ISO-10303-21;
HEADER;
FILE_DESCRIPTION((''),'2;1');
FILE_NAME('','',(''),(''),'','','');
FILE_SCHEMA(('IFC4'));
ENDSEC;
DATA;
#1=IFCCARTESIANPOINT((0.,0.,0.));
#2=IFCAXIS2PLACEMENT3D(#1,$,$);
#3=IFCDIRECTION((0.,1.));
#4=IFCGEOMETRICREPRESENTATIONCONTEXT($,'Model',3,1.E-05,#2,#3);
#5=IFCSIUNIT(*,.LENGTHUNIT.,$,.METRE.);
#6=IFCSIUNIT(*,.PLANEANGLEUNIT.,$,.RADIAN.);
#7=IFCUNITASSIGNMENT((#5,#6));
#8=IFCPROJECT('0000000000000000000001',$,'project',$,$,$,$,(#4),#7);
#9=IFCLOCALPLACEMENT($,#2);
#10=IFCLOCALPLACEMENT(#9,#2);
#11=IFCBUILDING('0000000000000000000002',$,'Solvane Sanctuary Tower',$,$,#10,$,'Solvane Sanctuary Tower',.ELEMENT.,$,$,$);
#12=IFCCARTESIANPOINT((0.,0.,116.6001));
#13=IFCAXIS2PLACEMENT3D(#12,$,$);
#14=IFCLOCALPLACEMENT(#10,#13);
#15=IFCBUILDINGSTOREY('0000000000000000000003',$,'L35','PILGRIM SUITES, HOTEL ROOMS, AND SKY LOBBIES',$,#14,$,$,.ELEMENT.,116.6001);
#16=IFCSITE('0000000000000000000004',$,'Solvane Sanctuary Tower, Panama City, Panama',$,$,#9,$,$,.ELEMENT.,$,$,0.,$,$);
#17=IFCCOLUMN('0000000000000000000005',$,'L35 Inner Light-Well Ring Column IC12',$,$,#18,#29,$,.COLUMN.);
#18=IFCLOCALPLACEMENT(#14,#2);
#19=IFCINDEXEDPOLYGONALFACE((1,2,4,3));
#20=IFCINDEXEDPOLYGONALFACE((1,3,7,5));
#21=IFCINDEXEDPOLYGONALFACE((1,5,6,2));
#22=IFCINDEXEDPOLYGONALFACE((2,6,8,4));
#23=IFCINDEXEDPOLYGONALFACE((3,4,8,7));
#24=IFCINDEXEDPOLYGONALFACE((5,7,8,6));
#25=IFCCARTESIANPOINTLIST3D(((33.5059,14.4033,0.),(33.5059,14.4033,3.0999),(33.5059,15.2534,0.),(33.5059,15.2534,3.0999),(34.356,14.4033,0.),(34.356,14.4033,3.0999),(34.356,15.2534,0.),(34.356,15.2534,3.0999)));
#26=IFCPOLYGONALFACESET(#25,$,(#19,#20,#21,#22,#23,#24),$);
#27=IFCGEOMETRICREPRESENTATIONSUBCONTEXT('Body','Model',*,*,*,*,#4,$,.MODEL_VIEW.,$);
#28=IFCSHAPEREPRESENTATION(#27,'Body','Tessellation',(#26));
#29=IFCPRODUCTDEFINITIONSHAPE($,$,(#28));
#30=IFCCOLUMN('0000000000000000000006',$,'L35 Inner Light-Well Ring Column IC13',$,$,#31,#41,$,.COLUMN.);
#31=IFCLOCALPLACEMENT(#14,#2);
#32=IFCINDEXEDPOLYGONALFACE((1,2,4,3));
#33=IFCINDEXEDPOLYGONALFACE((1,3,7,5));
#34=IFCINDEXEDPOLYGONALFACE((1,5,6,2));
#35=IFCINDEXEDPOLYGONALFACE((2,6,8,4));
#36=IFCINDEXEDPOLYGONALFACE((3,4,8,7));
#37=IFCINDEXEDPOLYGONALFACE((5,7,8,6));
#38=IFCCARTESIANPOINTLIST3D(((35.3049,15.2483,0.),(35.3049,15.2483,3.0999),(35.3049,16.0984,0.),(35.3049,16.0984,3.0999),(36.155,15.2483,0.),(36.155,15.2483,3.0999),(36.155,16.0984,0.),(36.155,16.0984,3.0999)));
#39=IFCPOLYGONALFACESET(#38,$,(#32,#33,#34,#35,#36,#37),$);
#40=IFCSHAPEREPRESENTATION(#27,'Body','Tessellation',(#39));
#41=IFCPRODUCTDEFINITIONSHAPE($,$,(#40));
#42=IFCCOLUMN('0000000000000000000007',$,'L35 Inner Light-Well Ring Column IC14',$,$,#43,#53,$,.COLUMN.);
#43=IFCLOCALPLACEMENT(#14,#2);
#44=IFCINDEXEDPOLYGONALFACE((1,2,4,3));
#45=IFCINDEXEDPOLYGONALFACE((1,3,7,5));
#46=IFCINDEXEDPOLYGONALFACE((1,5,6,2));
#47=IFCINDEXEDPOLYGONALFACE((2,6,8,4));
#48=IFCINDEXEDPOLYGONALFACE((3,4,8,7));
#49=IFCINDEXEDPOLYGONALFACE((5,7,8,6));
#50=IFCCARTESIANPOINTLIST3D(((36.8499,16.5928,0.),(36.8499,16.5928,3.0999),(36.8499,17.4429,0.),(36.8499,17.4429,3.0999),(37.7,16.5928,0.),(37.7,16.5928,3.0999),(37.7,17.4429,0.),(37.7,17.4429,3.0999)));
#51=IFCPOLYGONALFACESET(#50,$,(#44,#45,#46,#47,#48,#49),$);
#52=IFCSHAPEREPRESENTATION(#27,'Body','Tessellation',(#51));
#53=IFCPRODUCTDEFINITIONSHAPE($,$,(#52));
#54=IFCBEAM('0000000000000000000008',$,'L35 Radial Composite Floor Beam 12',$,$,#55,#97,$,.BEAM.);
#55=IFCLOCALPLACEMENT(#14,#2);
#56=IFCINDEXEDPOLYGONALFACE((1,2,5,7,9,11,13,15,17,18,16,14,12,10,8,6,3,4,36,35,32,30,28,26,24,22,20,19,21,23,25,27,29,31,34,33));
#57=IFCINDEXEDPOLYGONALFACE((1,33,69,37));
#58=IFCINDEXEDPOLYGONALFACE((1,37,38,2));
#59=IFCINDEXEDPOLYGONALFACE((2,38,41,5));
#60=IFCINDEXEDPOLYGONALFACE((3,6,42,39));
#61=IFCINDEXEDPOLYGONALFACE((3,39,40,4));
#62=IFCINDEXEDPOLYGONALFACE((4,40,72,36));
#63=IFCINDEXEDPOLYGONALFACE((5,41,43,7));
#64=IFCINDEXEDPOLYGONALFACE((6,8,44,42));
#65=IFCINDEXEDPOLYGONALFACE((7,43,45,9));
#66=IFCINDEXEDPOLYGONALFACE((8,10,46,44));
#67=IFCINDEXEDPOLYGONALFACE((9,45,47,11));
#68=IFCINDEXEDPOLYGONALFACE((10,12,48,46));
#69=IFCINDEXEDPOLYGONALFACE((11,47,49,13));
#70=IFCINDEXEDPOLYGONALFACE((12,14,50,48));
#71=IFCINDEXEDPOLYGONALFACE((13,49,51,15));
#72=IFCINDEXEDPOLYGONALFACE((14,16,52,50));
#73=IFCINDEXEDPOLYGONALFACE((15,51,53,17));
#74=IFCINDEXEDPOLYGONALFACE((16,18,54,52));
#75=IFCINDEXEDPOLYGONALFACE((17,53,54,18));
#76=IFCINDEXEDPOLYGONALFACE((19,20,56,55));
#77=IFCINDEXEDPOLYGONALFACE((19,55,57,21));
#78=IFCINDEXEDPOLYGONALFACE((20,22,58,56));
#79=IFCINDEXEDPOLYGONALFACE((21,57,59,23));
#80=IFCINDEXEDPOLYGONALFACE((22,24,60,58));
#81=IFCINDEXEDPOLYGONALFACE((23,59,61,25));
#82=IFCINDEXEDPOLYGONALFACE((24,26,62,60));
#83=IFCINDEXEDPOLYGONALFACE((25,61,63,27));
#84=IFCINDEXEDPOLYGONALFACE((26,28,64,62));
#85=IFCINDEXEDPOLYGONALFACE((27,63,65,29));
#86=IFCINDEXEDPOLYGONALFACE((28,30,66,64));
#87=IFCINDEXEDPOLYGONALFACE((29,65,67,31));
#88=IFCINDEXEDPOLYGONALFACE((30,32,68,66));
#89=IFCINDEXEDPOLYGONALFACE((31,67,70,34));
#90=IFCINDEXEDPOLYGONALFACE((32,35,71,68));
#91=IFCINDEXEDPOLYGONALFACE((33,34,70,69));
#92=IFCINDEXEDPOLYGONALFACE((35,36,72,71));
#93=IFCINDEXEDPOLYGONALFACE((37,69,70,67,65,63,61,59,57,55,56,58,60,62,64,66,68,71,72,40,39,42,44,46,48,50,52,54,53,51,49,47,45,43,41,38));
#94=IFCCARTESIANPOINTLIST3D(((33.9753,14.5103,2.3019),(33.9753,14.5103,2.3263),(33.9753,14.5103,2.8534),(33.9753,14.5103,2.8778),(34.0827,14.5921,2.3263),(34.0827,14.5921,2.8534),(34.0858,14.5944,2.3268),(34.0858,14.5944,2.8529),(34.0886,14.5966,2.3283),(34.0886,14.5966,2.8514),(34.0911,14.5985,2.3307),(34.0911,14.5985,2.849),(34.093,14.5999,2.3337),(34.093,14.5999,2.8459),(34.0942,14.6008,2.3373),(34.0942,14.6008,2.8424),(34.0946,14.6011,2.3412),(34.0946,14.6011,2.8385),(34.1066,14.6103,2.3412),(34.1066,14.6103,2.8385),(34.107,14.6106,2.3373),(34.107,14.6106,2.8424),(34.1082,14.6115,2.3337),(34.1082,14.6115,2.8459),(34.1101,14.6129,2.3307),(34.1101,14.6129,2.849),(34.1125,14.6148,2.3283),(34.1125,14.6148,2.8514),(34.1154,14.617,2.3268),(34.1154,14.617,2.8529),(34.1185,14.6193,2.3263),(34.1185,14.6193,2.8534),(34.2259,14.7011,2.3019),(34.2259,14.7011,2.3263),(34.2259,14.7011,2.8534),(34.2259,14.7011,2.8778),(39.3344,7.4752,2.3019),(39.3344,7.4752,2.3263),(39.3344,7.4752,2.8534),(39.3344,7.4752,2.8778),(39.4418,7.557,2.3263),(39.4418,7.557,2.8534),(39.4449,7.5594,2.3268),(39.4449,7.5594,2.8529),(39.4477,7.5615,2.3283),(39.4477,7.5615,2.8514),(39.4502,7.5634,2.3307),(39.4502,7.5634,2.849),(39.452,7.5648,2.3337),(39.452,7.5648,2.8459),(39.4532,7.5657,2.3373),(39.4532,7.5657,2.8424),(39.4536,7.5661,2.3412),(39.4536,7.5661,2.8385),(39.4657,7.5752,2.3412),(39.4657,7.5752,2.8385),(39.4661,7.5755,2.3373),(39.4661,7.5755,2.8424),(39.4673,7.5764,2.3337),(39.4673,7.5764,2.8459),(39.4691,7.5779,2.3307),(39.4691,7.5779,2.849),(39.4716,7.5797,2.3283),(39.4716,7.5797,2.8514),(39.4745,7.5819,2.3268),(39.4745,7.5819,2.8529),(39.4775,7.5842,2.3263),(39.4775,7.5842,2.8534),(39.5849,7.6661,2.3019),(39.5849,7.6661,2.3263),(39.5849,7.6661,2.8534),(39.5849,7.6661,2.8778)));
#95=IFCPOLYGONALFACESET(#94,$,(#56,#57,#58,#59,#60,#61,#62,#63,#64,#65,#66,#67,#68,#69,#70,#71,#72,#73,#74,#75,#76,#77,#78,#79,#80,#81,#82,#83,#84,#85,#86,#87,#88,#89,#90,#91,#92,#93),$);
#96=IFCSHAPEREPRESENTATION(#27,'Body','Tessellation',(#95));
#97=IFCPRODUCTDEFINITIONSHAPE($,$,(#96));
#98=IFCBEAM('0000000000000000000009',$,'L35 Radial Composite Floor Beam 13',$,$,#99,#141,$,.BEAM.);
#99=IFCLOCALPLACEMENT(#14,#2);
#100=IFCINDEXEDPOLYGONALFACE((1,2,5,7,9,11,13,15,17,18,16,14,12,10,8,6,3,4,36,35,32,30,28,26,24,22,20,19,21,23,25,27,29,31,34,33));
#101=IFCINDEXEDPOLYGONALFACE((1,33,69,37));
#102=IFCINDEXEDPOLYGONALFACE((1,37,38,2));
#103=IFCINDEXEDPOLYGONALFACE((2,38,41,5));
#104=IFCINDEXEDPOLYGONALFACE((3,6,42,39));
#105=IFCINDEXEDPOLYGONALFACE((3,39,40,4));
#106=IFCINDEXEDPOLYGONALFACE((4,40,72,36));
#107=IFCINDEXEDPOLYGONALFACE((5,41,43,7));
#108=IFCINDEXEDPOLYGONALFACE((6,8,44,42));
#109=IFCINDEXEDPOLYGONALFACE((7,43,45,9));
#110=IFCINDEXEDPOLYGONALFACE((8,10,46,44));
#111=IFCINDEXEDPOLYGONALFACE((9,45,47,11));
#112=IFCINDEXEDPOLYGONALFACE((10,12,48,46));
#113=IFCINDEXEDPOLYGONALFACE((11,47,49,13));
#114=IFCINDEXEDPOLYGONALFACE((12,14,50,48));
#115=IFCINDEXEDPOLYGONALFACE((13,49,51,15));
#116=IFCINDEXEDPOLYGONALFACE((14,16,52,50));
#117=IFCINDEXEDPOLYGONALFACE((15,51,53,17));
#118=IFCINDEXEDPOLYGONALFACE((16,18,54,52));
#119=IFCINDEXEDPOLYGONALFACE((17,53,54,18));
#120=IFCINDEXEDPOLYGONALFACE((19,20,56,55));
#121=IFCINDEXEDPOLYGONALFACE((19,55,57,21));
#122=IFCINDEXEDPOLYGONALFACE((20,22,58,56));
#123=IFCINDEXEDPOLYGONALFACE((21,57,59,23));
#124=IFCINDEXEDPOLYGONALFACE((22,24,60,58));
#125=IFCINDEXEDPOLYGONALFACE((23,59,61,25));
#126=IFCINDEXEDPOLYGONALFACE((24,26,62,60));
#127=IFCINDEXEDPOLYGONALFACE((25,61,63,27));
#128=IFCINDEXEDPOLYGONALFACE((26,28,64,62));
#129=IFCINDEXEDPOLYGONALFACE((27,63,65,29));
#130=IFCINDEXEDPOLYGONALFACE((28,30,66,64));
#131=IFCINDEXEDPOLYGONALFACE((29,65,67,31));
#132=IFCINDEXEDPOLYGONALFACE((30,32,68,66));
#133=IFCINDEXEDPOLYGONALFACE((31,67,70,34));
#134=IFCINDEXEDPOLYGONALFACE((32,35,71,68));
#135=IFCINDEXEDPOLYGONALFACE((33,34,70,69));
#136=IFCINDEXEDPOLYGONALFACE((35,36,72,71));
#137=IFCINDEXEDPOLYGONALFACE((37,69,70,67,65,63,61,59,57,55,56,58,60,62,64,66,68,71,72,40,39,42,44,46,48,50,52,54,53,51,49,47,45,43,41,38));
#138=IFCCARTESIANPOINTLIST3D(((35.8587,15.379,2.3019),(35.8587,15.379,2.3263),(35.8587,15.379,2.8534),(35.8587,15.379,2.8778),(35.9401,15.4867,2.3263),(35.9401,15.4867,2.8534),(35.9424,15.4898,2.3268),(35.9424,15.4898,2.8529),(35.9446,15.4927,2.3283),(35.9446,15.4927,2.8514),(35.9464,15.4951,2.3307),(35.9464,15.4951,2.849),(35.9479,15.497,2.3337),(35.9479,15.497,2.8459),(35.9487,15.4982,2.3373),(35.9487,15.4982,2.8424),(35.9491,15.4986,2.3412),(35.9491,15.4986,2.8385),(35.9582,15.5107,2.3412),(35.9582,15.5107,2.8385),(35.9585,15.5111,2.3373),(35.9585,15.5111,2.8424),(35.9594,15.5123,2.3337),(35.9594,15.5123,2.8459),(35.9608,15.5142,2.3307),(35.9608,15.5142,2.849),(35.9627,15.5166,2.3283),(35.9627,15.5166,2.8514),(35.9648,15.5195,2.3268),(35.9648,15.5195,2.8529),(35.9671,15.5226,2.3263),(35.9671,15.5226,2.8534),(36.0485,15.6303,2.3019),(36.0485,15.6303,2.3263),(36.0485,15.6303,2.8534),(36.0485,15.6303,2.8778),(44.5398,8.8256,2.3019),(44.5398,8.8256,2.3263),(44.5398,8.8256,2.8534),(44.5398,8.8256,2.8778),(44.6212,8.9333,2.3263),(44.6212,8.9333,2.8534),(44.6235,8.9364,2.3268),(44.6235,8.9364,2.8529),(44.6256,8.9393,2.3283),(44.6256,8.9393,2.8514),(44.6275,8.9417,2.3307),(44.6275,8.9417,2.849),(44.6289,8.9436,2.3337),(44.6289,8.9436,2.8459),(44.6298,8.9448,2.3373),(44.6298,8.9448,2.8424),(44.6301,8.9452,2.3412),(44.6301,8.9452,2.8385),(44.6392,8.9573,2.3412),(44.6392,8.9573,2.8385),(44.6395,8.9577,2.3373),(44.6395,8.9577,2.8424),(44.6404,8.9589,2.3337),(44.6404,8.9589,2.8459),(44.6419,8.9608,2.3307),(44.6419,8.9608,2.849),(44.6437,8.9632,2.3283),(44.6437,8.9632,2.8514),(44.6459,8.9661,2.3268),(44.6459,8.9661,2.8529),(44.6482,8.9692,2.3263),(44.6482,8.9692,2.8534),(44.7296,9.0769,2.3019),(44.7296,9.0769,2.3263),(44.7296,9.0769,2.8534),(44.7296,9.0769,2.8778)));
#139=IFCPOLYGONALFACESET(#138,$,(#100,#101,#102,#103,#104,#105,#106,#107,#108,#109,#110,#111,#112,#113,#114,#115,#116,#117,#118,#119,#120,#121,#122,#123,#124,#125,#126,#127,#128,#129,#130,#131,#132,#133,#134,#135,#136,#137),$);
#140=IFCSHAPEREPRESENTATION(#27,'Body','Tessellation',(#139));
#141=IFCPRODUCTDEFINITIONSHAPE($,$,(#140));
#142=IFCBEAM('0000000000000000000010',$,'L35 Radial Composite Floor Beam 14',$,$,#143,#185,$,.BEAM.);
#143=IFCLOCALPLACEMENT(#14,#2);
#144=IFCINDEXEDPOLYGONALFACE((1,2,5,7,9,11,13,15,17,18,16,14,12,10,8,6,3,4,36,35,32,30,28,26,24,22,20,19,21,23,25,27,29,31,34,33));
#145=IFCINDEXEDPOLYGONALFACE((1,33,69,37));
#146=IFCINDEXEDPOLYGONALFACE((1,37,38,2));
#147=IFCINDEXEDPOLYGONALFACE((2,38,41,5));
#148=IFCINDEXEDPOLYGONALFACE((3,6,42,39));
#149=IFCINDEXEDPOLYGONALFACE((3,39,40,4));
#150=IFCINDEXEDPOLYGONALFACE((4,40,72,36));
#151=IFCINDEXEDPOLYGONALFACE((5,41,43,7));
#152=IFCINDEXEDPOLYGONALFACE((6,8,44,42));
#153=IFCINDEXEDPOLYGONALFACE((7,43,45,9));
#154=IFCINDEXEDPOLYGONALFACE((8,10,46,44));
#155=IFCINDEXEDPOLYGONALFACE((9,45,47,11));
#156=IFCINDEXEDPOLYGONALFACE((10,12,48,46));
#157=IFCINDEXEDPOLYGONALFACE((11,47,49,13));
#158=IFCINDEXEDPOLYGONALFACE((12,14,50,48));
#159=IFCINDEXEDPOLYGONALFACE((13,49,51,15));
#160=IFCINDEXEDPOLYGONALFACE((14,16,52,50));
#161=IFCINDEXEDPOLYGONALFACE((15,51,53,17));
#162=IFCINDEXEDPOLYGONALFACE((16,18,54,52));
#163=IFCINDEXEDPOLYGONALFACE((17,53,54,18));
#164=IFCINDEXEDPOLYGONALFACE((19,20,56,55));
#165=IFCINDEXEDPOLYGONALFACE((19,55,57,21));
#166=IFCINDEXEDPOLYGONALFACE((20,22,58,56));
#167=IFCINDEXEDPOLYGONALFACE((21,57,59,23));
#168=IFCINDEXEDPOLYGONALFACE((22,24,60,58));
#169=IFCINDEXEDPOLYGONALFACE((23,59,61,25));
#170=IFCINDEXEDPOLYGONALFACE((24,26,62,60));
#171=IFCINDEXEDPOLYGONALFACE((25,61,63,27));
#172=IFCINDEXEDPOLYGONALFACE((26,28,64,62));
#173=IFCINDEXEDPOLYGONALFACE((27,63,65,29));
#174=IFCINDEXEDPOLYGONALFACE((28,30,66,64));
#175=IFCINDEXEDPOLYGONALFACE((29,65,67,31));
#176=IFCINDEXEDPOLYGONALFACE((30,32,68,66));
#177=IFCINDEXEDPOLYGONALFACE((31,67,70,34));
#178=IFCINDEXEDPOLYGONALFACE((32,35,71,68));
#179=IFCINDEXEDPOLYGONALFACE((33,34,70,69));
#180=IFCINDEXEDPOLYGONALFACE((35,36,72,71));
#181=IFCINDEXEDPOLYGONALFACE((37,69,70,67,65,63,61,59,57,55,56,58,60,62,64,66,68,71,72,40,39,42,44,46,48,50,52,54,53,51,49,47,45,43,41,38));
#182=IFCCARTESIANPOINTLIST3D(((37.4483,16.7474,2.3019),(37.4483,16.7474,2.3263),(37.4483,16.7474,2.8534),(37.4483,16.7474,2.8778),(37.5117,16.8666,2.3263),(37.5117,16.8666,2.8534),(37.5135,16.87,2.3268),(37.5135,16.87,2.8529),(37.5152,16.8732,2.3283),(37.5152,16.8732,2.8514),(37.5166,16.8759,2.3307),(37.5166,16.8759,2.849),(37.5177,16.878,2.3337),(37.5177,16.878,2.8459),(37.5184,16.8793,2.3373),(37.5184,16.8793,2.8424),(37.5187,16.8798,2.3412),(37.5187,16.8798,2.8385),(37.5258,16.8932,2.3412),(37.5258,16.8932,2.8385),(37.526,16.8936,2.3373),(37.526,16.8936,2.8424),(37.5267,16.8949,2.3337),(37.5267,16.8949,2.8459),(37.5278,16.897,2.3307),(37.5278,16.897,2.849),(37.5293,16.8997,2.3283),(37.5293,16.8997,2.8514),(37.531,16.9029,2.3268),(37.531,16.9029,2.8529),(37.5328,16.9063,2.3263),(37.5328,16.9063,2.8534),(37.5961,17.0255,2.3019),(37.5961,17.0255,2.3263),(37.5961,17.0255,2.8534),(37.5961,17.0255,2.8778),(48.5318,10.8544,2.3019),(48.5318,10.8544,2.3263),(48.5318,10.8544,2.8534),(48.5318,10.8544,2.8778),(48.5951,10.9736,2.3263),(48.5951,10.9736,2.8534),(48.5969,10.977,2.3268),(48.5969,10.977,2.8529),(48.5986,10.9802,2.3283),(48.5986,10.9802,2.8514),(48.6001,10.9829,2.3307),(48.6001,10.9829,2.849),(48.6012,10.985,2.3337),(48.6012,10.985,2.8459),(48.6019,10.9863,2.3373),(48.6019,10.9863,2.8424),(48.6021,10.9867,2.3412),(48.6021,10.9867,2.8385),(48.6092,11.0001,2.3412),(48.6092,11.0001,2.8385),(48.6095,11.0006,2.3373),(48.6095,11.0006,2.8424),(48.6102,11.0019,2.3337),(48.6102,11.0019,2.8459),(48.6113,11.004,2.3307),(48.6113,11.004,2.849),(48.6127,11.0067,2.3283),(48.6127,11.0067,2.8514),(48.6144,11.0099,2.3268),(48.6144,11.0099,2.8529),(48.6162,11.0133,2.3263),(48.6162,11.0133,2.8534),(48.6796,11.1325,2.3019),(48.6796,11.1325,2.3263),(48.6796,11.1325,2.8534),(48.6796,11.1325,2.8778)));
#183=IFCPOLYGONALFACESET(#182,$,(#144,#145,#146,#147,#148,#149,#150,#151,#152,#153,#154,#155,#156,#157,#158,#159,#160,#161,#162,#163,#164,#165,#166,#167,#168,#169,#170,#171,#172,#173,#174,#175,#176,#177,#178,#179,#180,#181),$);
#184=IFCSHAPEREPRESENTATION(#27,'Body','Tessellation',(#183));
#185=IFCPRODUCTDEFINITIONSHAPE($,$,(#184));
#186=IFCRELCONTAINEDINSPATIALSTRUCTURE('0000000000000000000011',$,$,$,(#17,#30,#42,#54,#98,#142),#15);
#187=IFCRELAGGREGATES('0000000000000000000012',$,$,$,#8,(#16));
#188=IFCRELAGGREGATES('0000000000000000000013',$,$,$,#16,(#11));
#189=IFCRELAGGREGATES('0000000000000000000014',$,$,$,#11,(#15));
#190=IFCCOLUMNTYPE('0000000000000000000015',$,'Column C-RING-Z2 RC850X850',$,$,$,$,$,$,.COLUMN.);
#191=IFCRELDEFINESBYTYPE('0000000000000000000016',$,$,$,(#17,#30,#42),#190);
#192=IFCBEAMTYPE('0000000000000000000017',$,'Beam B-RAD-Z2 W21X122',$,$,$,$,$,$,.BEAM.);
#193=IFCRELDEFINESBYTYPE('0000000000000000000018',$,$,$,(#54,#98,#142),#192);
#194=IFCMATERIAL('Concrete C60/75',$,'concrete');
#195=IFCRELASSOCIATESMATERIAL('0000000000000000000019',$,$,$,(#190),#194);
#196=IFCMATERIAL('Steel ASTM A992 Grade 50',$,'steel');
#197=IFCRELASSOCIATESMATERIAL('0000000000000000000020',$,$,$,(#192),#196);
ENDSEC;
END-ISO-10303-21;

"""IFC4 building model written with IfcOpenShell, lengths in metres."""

from ifc_helpers import new_model, si_unit, direction, frame, origin, origin_2d, place, context, subcontext, project, spatial, rectangle, i_section, extrude, material, material_profile, profile_set, type_object, element, save


model = new_model("IFC4")

# Units and contexts
model_context = context("Model", 3, precision=1e-05, world=origin(), true_north=direction((0.0, 1.0)))
body_context = subcontext(model_context, "Body", "Model", "MODEL_VIEW")
ifc_project = project(units=[si_unit("LENGTHUNIT", "METRE"), si_unit("PLANEANGLEUNIT", "RADIAN")], contexts=[model_context])

# Site, building, storey
site_placement = place(None, origin())
site = spatial("IfcSite", under=ifc_project, at=site_placement, Name="Solvane Sanctuary Tower, Panama City, Panama", CompositionType="ELEMENT", RefElevation=0.0)
building_placement = place(site_placement, origin())
building = spatial("IfcBuilding", under=site, at=building_placement, Name="Solvane Sanctuary Tower", LongName="Solvane Sanctuary Tower", CompositionType="ELEMENT")
storey_placement = place(building_placement, frame((0.0, 0.0, 116.6001)))
storey = spatial("IfcBuildingStorey", under=building, at=storey_placement, Name="L35", Description="PILGRIM SUITES, HOTEL ROOMS, AND SKY LOBBIES", CompositionType="ELEMENT", Elevation=116.6001)

# Columns
ifc_material_1 = material(Name="Concrete C60/75", Category="concrete")
ifc_material_profile_1 = material_profile(ifc_material_1, rectangle(XDim=0.8501, YDim=0.8501, at=origin_2d()), Name="RC850X850")
ifc_profile_set_1 = profile_set([ifc_material_profile_1], Name="Concrete C60/75")
column_type = type_object("IfcColumnType", Name="Column C-RING-Z2 RC850X850", PredefinedType="COLUMN", material=ifc_profile_set_1)
for number, where, z_axis, x_axis, name in (
    (1, (33.9309, 14.8284, 0.0), (0.0, 0.0, 1.0), (1.0, 0.0, 0.0), "L35 Inner Light-Well Ring Column IC12"),
    (2, (35.73, 15.6733, 0.0), (0.0, 0.0, 1.0), (1.0, 0.0, 0.0), "L35 Inner Light-Well Ring Column IC13"),
    (3, (37.2749, 17.0178, 0.0), (0.0, 0.0, 1.0), (1.0, 0.0, 0.0), "L35 Inner Light-Well Ring Column IC14"),
):
    element("IfcColumn", number, at=place(storey_placement, frame(where, z_axis=z_axis, x_axis=x_axis)), inside=storey, type_object=column_type, Name=name, PredefinedType="COLUMN", context=body_context, shape_type="SweptSolid", body=[
        extrude(rectangle(XDim=0.8501, YDim=0.8501, at=origin_2d()), origin(), (0.0, 0.0, 1.0), 3.0999),
    ])

# Beams
ifc_material_2 = material(Name="Steel ASTM A992 Grade 50", Category="steel")
ifc_material_profile_2 = material_profile(ifc_material_2, i_section(OverallWidth=0.3149, OverallDepth=0.5759, WebThickness=0.0151, FlangeThickness=0.0244, FilletRadius=0.0149, at=origin_2d()), Name="W21X122")
ifc_profile_set_2 = profile_set([ifc_material_profile_2], Name="Steel ASTM A992 Grade 50")
beam_type_1 = type_object("IfcBeamType", Name="Beam B-RAD-Z2 W21X122", PredefinedType="BEAM", material=ifc_profile_set_2)
beam_1_placement = place(storey_placement, frame((34.1006, 14.6057, 2.5898), z_axis=(0.605973, -0.795486, 0.0), x_axis=(0.795486, 0.605973, 0.0)))
element("IfcBeam", 4, at=beam_1_placement, inside=storey, type_object=beam_type_1, Name="L35 Radial Composite Floor Beam 12", PredefinedType="BEAM", context=body_context, shape_type="SweptSolid", body=[
    extrude(i_section(OverallWidth=0.3149, OverallDepth=0.5759, WebThickness=0.0151, FlangeThickness=0.0244, FilletRadius=0.0149, at=origin_2d()), origin(), (0.0, 0.0, 1.0), 8.8438),
])
beam_2_placement = place(storey_placement, frame((35.9536, 15.5046, 2.5898), z_axis=(0.798116, -0.602504, 0.0), x_axis=(0.602504, 0.798116, 0.0)))
element("IfcBeam", 5, at=beam_2_placement, inside=storey, type_object=beam_type_1, Name="L35 Radial Composite Floor Beam 13", PredefinedType="BEAM", context=body_context, shape_type="SweptSolid", body=[
    extrude(i_section(OverallWidth=0.3149, OverallDepth=0.5759, WebThickness=0.0151, FlangeThickness=0.0244, FilletRadius=0.0149, at=origin_2d()), origin(), (0.0, 0.0, 1.0), 10.877),
])
beam_3_placement = place(storey_placement, frame((37.5222, 16.8865, 2.5898), z_axis=(0.882952, -0.469463, 0.0), x_axis=(0.469463, 0.882952, 0.0)))
element("IfcBeam", 6, at=beam_3_placement, inside=storey, type_object=beam_type_1, Name="L35 Radial Composite Floor Beam 14", PredefinedType="BEAM", context=body_context, shape_type="SweptSolid", body=[
    extrude(i_section(OverallWidth=0.3149, OverallDepth=0.5759, WebThickness=0.0151, FlangeThickness=0.0244, FilletRadius=0.0149, at=origin_2d()), origin(), (0.0, 0.0, 1.0), 12.5527),
])

save(model, "model.ifc")
